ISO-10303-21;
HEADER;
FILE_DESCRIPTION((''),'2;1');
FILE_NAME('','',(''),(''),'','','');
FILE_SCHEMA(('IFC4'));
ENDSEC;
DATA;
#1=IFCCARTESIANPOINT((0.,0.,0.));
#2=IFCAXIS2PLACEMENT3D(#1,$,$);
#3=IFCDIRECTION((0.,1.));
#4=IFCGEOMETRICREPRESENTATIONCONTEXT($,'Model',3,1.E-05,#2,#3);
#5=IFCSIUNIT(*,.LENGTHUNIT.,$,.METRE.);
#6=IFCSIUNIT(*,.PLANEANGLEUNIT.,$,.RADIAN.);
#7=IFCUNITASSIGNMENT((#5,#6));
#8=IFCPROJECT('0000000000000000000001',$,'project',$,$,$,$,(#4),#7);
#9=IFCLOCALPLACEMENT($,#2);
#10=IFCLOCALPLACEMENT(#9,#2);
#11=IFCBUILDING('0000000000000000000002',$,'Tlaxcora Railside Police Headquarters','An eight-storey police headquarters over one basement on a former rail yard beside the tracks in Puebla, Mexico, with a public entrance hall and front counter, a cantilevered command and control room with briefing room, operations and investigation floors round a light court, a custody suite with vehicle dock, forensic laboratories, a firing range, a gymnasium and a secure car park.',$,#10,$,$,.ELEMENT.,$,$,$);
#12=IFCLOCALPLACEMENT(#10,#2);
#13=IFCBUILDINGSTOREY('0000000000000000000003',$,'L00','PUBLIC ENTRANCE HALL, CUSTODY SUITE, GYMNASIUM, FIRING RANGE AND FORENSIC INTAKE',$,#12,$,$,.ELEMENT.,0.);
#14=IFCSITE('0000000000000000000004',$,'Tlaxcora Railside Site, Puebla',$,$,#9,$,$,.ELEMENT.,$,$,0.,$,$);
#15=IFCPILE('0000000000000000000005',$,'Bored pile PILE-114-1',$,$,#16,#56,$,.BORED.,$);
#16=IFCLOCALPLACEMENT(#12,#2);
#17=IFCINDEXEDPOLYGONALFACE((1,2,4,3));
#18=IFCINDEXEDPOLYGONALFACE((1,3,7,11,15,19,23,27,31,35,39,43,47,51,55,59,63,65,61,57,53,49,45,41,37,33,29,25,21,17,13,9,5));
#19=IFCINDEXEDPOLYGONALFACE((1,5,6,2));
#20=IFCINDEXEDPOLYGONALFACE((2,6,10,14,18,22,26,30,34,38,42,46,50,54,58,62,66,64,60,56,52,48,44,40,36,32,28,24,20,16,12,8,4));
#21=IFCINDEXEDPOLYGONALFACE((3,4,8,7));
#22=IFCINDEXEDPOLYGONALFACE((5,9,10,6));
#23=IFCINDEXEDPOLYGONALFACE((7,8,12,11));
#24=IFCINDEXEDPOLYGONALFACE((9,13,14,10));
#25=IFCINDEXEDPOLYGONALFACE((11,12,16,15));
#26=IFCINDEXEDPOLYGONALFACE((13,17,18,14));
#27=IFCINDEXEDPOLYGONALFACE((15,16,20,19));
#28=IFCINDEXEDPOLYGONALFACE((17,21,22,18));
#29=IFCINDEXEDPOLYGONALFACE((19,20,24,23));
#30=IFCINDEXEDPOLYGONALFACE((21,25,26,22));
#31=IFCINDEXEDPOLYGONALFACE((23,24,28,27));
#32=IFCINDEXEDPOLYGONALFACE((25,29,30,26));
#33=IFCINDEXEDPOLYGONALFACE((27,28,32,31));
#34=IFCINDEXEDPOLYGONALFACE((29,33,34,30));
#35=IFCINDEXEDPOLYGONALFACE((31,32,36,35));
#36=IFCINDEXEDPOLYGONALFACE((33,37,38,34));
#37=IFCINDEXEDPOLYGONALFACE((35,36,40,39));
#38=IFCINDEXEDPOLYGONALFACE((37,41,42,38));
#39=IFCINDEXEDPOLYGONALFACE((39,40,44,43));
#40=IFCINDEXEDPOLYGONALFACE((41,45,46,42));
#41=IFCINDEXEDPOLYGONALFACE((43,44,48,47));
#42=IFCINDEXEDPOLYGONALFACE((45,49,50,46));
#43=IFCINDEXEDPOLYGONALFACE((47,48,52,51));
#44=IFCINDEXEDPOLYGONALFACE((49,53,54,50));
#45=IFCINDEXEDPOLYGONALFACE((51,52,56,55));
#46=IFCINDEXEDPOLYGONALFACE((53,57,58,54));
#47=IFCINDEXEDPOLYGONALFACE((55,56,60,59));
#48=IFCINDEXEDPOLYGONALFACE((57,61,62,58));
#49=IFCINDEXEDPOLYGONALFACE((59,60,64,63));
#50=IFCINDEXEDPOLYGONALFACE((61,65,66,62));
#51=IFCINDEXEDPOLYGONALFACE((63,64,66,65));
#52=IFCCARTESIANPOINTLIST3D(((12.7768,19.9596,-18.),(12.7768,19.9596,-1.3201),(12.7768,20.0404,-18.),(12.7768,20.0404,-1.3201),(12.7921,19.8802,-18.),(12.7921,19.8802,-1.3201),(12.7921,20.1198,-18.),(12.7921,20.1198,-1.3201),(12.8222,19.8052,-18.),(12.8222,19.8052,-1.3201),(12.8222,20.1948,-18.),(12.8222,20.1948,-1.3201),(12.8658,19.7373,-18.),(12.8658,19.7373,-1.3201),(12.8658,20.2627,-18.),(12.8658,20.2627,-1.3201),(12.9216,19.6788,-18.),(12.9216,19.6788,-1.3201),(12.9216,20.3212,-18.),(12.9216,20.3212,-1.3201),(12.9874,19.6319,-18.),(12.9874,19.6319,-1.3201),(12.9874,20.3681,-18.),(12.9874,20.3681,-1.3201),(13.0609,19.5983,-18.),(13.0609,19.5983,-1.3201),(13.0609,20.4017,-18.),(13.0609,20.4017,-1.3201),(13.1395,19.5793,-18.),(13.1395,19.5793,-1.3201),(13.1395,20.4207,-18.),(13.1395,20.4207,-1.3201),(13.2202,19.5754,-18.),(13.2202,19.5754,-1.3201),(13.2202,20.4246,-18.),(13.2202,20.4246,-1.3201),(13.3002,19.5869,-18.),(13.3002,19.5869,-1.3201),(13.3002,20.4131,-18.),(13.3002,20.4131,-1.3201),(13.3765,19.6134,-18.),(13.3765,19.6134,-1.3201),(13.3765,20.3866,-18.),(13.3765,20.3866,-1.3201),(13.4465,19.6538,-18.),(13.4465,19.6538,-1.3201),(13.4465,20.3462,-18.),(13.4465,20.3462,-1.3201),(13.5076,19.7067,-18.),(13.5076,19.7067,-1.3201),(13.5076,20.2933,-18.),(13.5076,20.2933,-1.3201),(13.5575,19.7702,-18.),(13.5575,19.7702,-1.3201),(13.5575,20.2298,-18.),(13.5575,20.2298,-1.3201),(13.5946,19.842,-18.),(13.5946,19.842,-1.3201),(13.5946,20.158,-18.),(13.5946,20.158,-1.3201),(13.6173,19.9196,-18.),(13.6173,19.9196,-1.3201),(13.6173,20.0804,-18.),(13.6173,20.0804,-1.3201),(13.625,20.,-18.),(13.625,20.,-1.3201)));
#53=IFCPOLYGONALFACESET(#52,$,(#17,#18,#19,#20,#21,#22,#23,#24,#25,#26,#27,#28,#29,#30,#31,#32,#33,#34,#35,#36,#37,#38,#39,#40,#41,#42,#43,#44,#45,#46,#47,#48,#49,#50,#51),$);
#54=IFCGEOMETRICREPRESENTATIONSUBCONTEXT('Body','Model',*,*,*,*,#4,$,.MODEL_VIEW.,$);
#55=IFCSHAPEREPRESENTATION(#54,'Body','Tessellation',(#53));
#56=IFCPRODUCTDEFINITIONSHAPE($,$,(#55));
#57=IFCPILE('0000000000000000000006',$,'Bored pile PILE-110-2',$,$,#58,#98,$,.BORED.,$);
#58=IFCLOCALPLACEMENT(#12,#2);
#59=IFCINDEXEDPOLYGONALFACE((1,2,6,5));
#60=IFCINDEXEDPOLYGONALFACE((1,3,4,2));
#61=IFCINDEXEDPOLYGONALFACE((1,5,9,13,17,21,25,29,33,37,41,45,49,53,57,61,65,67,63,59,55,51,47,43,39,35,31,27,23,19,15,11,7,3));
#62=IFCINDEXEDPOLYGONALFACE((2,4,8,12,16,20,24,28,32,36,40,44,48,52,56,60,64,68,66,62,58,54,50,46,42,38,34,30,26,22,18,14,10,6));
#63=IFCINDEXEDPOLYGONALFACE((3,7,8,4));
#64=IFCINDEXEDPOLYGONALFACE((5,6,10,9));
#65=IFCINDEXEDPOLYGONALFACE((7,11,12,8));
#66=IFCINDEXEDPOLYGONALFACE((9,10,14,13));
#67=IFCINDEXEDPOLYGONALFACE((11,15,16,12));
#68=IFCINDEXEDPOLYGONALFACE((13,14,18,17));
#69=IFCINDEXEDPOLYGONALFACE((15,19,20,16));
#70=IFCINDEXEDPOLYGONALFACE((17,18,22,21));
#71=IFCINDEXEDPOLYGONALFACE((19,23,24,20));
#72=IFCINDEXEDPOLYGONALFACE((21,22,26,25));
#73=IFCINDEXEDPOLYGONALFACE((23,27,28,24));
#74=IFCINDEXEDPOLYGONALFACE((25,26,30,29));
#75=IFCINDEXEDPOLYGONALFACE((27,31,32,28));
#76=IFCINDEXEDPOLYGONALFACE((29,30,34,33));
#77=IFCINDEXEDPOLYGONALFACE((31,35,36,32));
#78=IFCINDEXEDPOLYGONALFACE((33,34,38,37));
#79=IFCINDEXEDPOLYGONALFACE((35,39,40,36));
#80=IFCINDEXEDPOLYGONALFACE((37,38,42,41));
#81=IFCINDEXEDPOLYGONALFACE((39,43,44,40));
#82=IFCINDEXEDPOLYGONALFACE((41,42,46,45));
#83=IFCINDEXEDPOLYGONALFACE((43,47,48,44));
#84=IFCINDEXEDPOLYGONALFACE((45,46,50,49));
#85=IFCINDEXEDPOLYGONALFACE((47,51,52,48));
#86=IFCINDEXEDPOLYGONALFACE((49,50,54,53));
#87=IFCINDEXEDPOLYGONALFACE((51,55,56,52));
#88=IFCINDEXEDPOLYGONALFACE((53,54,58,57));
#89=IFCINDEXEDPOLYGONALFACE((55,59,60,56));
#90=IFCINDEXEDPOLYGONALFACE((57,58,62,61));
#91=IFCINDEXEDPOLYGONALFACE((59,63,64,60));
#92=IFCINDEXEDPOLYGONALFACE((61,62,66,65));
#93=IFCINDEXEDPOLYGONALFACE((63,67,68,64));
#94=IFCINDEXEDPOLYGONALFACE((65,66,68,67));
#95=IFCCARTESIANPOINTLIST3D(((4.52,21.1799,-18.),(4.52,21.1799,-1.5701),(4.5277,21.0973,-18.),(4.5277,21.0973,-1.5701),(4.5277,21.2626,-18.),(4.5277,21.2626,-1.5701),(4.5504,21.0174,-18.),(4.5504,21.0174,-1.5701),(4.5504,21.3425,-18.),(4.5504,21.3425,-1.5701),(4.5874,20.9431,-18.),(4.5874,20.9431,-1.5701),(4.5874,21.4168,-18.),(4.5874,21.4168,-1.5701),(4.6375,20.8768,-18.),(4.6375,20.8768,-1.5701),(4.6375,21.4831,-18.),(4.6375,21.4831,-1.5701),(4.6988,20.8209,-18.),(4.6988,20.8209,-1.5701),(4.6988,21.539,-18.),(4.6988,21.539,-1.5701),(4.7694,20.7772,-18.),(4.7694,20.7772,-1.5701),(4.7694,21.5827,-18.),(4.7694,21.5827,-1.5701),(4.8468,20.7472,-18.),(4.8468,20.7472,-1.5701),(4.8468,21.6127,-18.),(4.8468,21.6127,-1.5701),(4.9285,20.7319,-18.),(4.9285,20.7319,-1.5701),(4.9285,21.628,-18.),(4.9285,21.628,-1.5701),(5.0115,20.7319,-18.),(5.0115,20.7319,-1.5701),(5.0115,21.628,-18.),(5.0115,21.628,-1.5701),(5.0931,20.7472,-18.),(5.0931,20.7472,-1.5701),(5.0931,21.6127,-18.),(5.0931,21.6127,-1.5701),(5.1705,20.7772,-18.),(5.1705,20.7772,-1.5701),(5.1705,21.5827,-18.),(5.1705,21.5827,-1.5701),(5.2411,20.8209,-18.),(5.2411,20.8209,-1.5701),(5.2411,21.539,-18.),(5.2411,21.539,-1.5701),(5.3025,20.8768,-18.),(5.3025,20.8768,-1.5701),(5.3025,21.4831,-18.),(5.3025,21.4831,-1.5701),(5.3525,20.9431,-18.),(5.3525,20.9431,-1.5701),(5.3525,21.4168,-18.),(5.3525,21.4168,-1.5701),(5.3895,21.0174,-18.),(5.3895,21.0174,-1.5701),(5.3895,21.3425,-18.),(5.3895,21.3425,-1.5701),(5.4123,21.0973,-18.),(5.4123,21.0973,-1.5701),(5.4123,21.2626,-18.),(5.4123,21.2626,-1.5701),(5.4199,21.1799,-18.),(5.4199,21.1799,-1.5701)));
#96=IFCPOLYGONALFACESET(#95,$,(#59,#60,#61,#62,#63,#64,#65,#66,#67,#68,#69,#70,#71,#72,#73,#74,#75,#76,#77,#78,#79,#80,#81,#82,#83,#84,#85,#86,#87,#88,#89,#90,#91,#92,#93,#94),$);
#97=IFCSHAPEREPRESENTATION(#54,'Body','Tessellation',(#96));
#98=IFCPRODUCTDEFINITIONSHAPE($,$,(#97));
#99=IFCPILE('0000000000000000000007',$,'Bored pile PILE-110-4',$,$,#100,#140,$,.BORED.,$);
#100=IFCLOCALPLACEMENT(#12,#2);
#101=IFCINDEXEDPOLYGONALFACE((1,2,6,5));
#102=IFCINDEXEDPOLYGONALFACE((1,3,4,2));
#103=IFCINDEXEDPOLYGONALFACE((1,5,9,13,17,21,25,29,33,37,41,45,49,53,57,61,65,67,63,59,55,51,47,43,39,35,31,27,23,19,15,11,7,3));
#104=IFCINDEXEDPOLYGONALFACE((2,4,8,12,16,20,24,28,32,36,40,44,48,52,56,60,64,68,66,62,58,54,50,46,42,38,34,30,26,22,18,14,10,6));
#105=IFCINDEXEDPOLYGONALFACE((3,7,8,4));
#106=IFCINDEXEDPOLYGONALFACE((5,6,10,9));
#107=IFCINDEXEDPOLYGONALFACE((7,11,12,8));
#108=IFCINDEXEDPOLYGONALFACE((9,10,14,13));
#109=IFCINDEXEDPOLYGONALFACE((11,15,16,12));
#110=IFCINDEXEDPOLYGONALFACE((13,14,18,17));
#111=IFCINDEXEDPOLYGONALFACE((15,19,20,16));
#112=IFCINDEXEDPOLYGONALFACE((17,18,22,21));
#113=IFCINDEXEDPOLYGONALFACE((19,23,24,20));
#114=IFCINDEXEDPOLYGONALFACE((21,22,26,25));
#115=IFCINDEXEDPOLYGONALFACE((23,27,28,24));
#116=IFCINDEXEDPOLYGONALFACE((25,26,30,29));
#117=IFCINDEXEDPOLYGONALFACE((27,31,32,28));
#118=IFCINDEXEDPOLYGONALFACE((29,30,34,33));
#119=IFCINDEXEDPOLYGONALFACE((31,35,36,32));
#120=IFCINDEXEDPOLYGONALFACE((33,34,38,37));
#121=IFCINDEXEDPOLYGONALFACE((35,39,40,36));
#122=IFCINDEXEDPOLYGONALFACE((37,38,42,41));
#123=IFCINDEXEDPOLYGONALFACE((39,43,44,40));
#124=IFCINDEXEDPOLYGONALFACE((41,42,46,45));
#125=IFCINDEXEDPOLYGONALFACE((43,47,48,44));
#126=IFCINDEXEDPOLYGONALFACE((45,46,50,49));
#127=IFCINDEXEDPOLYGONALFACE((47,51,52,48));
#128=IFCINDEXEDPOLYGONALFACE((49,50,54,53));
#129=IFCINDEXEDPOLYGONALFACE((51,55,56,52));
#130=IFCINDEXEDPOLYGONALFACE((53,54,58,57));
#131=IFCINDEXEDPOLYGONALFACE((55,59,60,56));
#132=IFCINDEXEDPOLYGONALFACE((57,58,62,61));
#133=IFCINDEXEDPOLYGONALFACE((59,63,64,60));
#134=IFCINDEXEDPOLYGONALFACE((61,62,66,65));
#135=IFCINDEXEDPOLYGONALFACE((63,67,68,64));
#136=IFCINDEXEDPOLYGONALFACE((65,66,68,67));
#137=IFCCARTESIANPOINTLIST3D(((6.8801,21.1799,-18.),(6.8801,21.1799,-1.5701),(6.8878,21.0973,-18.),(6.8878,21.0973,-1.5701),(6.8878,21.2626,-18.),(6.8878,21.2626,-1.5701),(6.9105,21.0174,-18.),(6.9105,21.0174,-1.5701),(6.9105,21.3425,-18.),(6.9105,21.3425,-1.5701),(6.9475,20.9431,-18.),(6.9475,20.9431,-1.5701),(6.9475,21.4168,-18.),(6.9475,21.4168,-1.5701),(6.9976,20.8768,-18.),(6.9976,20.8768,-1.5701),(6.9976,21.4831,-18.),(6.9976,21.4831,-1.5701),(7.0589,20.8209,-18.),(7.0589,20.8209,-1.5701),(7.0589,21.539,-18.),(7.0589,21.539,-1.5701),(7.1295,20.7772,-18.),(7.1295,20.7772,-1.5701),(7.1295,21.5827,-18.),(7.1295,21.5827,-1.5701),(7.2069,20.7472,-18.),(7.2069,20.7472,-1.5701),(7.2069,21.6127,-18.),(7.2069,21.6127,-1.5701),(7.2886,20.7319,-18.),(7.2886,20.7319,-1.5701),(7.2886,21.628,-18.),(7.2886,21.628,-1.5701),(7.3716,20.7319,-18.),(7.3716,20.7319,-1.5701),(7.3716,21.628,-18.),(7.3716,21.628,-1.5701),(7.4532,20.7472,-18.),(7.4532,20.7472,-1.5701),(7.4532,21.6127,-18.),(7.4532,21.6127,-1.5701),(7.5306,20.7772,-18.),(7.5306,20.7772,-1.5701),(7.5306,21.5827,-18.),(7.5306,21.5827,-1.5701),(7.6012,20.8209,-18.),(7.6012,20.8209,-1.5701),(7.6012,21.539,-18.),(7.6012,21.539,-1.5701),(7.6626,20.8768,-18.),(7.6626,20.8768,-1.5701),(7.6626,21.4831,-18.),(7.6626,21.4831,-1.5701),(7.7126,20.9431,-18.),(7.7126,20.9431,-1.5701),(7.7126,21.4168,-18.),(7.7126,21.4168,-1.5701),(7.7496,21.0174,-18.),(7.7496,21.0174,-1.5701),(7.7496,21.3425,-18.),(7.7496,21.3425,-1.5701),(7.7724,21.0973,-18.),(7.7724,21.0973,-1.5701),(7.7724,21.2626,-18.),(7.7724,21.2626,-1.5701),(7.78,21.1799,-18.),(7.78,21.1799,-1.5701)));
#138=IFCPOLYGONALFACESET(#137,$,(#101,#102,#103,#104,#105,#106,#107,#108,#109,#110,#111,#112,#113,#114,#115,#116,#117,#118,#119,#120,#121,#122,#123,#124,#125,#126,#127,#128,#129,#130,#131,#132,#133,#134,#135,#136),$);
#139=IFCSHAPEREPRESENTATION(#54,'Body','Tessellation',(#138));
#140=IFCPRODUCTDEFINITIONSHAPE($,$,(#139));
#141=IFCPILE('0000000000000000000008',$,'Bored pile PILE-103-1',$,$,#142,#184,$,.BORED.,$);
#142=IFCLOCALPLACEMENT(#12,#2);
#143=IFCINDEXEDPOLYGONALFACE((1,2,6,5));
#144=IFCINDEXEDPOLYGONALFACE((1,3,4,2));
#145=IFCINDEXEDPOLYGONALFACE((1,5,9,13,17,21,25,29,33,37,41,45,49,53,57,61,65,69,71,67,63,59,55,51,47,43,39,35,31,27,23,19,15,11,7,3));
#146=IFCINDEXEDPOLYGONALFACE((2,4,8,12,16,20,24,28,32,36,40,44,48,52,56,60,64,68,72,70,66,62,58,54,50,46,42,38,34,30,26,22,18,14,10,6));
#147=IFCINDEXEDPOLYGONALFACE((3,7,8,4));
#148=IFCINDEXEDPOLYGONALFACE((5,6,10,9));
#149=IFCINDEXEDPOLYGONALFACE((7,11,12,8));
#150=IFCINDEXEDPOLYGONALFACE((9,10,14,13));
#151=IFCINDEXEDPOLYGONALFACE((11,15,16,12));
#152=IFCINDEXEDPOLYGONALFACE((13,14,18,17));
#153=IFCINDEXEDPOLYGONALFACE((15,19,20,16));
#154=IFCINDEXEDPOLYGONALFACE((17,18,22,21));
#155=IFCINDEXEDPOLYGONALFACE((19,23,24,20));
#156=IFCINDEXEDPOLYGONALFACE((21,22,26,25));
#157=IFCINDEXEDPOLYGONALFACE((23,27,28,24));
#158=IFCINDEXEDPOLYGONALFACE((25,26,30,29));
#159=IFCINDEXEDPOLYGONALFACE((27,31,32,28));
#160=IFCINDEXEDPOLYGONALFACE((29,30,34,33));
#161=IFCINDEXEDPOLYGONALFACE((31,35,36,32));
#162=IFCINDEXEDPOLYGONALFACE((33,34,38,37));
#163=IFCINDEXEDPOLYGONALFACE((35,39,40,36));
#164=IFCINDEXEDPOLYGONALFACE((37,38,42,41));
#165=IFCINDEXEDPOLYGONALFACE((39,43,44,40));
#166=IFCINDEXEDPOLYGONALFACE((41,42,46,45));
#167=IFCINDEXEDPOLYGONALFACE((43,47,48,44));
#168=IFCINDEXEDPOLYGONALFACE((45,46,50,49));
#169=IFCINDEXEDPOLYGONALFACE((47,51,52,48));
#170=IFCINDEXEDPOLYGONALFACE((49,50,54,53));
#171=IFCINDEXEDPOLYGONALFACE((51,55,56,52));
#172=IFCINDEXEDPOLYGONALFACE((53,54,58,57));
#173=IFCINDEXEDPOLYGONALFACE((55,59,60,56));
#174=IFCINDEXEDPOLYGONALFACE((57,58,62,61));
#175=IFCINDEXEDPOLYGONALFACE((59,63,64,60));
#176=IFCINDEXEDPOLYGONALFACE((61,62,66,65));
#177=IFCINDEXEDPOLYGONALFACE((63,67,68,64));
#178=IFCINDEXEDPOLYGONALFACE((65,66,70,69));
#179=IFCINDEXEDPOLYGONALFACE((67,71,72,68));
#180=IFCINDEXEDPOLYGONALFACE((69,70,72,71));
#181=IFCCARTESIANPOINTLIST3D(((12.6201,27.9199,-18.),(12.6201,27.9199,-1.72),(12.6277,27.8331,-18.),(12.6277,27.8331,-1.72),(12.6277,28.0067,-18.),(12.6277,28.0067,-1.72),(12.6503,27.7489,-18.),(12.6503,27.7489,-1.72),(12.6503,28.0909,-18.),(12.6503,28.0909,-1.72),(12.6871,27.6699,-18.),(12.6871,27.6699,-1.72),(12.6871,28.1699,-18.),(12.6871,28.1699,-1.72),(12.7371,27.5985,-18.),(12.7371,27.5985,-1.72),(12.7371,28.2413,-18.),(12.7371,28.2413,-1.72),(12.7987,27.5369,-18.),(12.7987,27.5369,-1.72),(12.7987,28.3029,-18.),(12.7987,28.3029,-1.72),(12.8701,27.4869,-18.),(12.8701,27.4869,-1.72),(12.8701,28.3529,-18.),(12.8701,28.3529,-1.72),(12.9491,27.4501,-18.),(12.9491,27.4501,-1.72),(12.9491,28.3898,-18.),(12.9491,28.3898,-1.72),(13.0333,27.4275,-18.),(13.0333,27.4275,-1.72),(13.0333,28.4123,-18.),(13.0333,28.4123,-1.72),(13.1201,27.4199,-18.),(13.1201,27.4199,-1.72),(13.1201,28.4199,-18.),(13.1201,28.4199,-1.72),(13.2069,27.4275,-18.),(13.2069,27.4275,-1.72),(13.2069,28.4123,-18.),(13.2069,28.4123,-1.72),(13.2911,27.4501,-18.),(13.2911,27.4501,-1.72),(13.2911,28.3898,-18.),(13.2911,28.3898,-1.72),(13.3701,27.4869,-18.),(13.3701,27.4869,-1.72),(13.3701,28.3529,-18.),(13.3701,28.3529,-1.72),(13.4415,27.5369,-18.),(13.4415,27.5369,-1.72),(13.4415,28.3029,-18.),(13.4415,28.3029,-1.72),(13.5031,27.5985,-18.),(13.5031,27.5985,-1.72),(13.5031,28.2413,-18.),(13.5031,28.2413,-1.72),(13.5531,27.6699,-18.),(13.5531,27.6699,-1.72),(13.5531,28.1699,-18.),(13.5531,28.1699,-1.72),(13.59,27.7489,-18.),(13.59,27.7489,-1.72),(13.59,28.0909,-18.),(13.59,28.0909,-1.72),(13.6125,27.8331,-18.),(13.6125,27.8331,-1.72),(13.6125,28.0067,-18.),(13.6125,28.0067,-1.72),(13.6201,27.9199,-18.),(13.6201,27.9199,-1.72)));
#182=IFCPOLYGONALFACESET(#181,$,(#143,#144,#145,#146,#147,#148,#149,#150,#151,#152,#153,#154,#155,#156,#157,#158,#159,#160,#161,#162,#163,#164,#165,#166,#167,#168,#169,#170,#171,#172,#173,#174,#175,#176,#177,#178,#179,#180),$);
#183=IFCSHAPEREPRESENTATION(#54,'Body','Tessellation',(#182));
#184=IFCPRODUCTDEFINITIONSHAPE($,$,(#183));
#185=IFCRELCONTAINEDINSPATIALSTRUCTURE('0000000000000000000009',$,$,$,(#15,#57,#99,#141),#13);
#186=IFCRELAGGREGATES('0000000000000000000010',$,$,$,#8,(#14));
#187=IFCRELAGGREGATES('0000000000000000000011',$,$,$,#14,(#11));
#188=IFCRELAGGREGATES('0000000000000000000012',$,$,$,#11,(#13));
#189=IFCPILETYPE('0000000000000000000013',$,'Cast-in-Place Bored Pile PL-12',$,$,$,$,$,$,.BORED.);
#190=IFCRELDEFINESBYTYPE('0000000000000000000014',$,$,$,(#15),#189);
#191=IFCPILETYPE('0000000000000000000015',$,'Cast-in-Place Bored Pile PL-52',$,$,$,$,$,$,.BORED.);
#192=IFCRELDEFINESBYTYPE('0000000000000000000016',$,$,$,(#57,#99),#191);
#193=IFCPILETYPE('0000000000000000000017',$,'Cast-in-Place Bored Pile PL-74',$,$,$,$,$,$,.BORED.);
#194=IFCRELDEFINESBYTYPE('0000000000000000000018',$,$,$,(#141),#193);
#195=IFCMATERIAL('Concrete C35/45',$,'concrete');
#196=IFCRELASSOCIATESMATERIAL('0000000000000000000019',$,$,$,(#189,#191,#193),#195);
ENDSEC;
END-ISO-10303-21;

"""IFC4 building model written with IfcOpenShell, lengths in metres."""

from ifc_helpers import new_model, si_unit, direction, frame, origin, origin_2d, place, context, subcontext, project, spatial, circle, extrude, material, material_profile, profile_set, type_object, element, save


model = new_model("IFC4")

# Units and contexts
model_context = context("Model", 3, precision=1e-05, world=origin(), true_north=direction((0.0, 1.0)))
body_context = subcontext(model_context, "Body", "Model", "MODEL_VIEW")
ifc_project = project(units=[si_unit("LENGTHUNIT", "METRE"), si_unit("PLANEANGLEUNIT", "RADIAN")], contexts=[model_context])

# Site, building, storey
site_placement = place(None, origin())
site = spatial("IfcSite", under=ifc_project, at=site_placement, Name="Tlaxcora Railside Site, Puebla", CompositionType="ELEMENT", RefElevation=0.0)
building_placement = place(site_placement, origin())
building = spatial("IfcBuilding", under=site, at=building_placement, Name="Tlaxcora Railside Police Headquarters", Description="An eight-storey police headquarters over one basement on a former rail yard beside the tracks in Puebla, Mexico, with a public entrance hall and front counter, a cantilevered command and control room with briefing room, operations and investigation floors round a light court, a custody suite with vehicle dock, forensic laboratories, a firing range, a gymnasium and a secure car park.", CompositionType="ELEMENT")
storey_placement = place(building_placement, origin())
storey = spatial("IfcBuildingStorey", under=building, at=storey_placement, Name="L00", Description="PUBLIC ENTRANCE HALL, CUSTODY SUITE, GYMNASIUM, FIRING RANGE AND FORENSIC INTAKE", CompositionType="ELEMENT", Elevation=0.0)

# Piles
ifc_material_1 = material(Name="Concrete C35/45", Category="concrete")
ifc_material_profile_1 = material_profile(ifc_material_1, circle(Radius=0.425, at=origin_2d()), Name="PILE850")
ifc_profile_set_1 = profile_set([ifc_material_profile_1], Name="Concrete C35/45")
pile_type_1 = type_object("IfcPileType", Name="Cast-in-Place Bored Pile PL-12", PredefinedType="BORED", material=ifc_profile_set_1)
pile_1_placement = place(storey_placement, frame((13.2, 20.0, -1.3201), z_axis=(0.0, 0.0, -1.0), x_axis=(1.0, 0.0, 0.0)))
element("IfcPile", 1, at=pile_1_placement, inside=storey, type_object=pile_type_1, Name="Bored pile PILE-114-1", PredefinedType="BORED", context=body_context, shape_type="SweptSolid", body=[
    extrude(circle(Radius=0.425, at=origin_2d()), origin(), (0.0, 0.0, 1.0), 16.6799),
])
ifc_material_profile_2 = material_profile(ifc_material_1, circle(Radius=0.45, at=origin_2d()), Name="PILE900")
ifc_profile_set_2 = profile_set([ifc_material_profile_2], Name="Concrete C35/45")
pile_type_2 = type_object("IfcPileType", Name="Cast-in-Place Bored Pile PL-52", PredefinedType="BORED", material=ifc_profile_set_2)
for number, where, z_axis, x_axis, name in (
    (2, (4.97, 21.1799, -1.5701), (0.0, 0.0, -1.0), (1.0, 0.0, 0.0), "Bored pile PILE-110-2"),
    (3, (7.3301, 21.1799, -1.5701), (0.0, 0.0, -1.0), (1.0, 0.0, 0.0), "Bored pile PILE-110-4"),
):
    element("IfcPile", number, at=place(storey_placement, frame(where, z_axis=z_axis, x_axis=x_axis)), inside=storey, type_object=pile_type_2, Name=name, PredefinedType="BORED", context=body_context, shape_type="SweptSolid", body=[
        extrude(circle(Radius=0.45, at=origin_2d()), origin(), (0.0, 0.0, 1.0), 16.4299),
    ])
ifc_material_profile_3 = material_profile(ifc_material_1, circle(Radius=0.5, at=origin_2d()), Name="PILE1000")
ifc_profile_set_3 = profile_set([ifc_material_profile_3], Name="Concrete C35/45")
pile_type_3 = type_object("IfcPileType", Name="Cast-in-Place Bored Pile PL-74", PredefinedType="BORED", material=ifc_profile_set_3)
for number, where, z_axis, x_axis, name in (
    (4, (13.1201, 27.9199, -1.72), (0.0, 0.0, -1.0), (1.0, 0.0, 0.0), "Bored pile PILE-103-1"),
):
    element("IfcPile", number, at=place(storey_placement, frame(where, z_axis=z_axis, x_axis=x_axis)), inside=storey, type_object=pile_type_3, Name=name, PredefinedType="BORED", context=body_context, shape_type="SweptSolid", body=[
        extrude(circle(Radius=0.5, at=origin_2d()), origin(), (0.0, 0.0, 1.0), 16.28),
    ])

save(model, "model.ifc")
